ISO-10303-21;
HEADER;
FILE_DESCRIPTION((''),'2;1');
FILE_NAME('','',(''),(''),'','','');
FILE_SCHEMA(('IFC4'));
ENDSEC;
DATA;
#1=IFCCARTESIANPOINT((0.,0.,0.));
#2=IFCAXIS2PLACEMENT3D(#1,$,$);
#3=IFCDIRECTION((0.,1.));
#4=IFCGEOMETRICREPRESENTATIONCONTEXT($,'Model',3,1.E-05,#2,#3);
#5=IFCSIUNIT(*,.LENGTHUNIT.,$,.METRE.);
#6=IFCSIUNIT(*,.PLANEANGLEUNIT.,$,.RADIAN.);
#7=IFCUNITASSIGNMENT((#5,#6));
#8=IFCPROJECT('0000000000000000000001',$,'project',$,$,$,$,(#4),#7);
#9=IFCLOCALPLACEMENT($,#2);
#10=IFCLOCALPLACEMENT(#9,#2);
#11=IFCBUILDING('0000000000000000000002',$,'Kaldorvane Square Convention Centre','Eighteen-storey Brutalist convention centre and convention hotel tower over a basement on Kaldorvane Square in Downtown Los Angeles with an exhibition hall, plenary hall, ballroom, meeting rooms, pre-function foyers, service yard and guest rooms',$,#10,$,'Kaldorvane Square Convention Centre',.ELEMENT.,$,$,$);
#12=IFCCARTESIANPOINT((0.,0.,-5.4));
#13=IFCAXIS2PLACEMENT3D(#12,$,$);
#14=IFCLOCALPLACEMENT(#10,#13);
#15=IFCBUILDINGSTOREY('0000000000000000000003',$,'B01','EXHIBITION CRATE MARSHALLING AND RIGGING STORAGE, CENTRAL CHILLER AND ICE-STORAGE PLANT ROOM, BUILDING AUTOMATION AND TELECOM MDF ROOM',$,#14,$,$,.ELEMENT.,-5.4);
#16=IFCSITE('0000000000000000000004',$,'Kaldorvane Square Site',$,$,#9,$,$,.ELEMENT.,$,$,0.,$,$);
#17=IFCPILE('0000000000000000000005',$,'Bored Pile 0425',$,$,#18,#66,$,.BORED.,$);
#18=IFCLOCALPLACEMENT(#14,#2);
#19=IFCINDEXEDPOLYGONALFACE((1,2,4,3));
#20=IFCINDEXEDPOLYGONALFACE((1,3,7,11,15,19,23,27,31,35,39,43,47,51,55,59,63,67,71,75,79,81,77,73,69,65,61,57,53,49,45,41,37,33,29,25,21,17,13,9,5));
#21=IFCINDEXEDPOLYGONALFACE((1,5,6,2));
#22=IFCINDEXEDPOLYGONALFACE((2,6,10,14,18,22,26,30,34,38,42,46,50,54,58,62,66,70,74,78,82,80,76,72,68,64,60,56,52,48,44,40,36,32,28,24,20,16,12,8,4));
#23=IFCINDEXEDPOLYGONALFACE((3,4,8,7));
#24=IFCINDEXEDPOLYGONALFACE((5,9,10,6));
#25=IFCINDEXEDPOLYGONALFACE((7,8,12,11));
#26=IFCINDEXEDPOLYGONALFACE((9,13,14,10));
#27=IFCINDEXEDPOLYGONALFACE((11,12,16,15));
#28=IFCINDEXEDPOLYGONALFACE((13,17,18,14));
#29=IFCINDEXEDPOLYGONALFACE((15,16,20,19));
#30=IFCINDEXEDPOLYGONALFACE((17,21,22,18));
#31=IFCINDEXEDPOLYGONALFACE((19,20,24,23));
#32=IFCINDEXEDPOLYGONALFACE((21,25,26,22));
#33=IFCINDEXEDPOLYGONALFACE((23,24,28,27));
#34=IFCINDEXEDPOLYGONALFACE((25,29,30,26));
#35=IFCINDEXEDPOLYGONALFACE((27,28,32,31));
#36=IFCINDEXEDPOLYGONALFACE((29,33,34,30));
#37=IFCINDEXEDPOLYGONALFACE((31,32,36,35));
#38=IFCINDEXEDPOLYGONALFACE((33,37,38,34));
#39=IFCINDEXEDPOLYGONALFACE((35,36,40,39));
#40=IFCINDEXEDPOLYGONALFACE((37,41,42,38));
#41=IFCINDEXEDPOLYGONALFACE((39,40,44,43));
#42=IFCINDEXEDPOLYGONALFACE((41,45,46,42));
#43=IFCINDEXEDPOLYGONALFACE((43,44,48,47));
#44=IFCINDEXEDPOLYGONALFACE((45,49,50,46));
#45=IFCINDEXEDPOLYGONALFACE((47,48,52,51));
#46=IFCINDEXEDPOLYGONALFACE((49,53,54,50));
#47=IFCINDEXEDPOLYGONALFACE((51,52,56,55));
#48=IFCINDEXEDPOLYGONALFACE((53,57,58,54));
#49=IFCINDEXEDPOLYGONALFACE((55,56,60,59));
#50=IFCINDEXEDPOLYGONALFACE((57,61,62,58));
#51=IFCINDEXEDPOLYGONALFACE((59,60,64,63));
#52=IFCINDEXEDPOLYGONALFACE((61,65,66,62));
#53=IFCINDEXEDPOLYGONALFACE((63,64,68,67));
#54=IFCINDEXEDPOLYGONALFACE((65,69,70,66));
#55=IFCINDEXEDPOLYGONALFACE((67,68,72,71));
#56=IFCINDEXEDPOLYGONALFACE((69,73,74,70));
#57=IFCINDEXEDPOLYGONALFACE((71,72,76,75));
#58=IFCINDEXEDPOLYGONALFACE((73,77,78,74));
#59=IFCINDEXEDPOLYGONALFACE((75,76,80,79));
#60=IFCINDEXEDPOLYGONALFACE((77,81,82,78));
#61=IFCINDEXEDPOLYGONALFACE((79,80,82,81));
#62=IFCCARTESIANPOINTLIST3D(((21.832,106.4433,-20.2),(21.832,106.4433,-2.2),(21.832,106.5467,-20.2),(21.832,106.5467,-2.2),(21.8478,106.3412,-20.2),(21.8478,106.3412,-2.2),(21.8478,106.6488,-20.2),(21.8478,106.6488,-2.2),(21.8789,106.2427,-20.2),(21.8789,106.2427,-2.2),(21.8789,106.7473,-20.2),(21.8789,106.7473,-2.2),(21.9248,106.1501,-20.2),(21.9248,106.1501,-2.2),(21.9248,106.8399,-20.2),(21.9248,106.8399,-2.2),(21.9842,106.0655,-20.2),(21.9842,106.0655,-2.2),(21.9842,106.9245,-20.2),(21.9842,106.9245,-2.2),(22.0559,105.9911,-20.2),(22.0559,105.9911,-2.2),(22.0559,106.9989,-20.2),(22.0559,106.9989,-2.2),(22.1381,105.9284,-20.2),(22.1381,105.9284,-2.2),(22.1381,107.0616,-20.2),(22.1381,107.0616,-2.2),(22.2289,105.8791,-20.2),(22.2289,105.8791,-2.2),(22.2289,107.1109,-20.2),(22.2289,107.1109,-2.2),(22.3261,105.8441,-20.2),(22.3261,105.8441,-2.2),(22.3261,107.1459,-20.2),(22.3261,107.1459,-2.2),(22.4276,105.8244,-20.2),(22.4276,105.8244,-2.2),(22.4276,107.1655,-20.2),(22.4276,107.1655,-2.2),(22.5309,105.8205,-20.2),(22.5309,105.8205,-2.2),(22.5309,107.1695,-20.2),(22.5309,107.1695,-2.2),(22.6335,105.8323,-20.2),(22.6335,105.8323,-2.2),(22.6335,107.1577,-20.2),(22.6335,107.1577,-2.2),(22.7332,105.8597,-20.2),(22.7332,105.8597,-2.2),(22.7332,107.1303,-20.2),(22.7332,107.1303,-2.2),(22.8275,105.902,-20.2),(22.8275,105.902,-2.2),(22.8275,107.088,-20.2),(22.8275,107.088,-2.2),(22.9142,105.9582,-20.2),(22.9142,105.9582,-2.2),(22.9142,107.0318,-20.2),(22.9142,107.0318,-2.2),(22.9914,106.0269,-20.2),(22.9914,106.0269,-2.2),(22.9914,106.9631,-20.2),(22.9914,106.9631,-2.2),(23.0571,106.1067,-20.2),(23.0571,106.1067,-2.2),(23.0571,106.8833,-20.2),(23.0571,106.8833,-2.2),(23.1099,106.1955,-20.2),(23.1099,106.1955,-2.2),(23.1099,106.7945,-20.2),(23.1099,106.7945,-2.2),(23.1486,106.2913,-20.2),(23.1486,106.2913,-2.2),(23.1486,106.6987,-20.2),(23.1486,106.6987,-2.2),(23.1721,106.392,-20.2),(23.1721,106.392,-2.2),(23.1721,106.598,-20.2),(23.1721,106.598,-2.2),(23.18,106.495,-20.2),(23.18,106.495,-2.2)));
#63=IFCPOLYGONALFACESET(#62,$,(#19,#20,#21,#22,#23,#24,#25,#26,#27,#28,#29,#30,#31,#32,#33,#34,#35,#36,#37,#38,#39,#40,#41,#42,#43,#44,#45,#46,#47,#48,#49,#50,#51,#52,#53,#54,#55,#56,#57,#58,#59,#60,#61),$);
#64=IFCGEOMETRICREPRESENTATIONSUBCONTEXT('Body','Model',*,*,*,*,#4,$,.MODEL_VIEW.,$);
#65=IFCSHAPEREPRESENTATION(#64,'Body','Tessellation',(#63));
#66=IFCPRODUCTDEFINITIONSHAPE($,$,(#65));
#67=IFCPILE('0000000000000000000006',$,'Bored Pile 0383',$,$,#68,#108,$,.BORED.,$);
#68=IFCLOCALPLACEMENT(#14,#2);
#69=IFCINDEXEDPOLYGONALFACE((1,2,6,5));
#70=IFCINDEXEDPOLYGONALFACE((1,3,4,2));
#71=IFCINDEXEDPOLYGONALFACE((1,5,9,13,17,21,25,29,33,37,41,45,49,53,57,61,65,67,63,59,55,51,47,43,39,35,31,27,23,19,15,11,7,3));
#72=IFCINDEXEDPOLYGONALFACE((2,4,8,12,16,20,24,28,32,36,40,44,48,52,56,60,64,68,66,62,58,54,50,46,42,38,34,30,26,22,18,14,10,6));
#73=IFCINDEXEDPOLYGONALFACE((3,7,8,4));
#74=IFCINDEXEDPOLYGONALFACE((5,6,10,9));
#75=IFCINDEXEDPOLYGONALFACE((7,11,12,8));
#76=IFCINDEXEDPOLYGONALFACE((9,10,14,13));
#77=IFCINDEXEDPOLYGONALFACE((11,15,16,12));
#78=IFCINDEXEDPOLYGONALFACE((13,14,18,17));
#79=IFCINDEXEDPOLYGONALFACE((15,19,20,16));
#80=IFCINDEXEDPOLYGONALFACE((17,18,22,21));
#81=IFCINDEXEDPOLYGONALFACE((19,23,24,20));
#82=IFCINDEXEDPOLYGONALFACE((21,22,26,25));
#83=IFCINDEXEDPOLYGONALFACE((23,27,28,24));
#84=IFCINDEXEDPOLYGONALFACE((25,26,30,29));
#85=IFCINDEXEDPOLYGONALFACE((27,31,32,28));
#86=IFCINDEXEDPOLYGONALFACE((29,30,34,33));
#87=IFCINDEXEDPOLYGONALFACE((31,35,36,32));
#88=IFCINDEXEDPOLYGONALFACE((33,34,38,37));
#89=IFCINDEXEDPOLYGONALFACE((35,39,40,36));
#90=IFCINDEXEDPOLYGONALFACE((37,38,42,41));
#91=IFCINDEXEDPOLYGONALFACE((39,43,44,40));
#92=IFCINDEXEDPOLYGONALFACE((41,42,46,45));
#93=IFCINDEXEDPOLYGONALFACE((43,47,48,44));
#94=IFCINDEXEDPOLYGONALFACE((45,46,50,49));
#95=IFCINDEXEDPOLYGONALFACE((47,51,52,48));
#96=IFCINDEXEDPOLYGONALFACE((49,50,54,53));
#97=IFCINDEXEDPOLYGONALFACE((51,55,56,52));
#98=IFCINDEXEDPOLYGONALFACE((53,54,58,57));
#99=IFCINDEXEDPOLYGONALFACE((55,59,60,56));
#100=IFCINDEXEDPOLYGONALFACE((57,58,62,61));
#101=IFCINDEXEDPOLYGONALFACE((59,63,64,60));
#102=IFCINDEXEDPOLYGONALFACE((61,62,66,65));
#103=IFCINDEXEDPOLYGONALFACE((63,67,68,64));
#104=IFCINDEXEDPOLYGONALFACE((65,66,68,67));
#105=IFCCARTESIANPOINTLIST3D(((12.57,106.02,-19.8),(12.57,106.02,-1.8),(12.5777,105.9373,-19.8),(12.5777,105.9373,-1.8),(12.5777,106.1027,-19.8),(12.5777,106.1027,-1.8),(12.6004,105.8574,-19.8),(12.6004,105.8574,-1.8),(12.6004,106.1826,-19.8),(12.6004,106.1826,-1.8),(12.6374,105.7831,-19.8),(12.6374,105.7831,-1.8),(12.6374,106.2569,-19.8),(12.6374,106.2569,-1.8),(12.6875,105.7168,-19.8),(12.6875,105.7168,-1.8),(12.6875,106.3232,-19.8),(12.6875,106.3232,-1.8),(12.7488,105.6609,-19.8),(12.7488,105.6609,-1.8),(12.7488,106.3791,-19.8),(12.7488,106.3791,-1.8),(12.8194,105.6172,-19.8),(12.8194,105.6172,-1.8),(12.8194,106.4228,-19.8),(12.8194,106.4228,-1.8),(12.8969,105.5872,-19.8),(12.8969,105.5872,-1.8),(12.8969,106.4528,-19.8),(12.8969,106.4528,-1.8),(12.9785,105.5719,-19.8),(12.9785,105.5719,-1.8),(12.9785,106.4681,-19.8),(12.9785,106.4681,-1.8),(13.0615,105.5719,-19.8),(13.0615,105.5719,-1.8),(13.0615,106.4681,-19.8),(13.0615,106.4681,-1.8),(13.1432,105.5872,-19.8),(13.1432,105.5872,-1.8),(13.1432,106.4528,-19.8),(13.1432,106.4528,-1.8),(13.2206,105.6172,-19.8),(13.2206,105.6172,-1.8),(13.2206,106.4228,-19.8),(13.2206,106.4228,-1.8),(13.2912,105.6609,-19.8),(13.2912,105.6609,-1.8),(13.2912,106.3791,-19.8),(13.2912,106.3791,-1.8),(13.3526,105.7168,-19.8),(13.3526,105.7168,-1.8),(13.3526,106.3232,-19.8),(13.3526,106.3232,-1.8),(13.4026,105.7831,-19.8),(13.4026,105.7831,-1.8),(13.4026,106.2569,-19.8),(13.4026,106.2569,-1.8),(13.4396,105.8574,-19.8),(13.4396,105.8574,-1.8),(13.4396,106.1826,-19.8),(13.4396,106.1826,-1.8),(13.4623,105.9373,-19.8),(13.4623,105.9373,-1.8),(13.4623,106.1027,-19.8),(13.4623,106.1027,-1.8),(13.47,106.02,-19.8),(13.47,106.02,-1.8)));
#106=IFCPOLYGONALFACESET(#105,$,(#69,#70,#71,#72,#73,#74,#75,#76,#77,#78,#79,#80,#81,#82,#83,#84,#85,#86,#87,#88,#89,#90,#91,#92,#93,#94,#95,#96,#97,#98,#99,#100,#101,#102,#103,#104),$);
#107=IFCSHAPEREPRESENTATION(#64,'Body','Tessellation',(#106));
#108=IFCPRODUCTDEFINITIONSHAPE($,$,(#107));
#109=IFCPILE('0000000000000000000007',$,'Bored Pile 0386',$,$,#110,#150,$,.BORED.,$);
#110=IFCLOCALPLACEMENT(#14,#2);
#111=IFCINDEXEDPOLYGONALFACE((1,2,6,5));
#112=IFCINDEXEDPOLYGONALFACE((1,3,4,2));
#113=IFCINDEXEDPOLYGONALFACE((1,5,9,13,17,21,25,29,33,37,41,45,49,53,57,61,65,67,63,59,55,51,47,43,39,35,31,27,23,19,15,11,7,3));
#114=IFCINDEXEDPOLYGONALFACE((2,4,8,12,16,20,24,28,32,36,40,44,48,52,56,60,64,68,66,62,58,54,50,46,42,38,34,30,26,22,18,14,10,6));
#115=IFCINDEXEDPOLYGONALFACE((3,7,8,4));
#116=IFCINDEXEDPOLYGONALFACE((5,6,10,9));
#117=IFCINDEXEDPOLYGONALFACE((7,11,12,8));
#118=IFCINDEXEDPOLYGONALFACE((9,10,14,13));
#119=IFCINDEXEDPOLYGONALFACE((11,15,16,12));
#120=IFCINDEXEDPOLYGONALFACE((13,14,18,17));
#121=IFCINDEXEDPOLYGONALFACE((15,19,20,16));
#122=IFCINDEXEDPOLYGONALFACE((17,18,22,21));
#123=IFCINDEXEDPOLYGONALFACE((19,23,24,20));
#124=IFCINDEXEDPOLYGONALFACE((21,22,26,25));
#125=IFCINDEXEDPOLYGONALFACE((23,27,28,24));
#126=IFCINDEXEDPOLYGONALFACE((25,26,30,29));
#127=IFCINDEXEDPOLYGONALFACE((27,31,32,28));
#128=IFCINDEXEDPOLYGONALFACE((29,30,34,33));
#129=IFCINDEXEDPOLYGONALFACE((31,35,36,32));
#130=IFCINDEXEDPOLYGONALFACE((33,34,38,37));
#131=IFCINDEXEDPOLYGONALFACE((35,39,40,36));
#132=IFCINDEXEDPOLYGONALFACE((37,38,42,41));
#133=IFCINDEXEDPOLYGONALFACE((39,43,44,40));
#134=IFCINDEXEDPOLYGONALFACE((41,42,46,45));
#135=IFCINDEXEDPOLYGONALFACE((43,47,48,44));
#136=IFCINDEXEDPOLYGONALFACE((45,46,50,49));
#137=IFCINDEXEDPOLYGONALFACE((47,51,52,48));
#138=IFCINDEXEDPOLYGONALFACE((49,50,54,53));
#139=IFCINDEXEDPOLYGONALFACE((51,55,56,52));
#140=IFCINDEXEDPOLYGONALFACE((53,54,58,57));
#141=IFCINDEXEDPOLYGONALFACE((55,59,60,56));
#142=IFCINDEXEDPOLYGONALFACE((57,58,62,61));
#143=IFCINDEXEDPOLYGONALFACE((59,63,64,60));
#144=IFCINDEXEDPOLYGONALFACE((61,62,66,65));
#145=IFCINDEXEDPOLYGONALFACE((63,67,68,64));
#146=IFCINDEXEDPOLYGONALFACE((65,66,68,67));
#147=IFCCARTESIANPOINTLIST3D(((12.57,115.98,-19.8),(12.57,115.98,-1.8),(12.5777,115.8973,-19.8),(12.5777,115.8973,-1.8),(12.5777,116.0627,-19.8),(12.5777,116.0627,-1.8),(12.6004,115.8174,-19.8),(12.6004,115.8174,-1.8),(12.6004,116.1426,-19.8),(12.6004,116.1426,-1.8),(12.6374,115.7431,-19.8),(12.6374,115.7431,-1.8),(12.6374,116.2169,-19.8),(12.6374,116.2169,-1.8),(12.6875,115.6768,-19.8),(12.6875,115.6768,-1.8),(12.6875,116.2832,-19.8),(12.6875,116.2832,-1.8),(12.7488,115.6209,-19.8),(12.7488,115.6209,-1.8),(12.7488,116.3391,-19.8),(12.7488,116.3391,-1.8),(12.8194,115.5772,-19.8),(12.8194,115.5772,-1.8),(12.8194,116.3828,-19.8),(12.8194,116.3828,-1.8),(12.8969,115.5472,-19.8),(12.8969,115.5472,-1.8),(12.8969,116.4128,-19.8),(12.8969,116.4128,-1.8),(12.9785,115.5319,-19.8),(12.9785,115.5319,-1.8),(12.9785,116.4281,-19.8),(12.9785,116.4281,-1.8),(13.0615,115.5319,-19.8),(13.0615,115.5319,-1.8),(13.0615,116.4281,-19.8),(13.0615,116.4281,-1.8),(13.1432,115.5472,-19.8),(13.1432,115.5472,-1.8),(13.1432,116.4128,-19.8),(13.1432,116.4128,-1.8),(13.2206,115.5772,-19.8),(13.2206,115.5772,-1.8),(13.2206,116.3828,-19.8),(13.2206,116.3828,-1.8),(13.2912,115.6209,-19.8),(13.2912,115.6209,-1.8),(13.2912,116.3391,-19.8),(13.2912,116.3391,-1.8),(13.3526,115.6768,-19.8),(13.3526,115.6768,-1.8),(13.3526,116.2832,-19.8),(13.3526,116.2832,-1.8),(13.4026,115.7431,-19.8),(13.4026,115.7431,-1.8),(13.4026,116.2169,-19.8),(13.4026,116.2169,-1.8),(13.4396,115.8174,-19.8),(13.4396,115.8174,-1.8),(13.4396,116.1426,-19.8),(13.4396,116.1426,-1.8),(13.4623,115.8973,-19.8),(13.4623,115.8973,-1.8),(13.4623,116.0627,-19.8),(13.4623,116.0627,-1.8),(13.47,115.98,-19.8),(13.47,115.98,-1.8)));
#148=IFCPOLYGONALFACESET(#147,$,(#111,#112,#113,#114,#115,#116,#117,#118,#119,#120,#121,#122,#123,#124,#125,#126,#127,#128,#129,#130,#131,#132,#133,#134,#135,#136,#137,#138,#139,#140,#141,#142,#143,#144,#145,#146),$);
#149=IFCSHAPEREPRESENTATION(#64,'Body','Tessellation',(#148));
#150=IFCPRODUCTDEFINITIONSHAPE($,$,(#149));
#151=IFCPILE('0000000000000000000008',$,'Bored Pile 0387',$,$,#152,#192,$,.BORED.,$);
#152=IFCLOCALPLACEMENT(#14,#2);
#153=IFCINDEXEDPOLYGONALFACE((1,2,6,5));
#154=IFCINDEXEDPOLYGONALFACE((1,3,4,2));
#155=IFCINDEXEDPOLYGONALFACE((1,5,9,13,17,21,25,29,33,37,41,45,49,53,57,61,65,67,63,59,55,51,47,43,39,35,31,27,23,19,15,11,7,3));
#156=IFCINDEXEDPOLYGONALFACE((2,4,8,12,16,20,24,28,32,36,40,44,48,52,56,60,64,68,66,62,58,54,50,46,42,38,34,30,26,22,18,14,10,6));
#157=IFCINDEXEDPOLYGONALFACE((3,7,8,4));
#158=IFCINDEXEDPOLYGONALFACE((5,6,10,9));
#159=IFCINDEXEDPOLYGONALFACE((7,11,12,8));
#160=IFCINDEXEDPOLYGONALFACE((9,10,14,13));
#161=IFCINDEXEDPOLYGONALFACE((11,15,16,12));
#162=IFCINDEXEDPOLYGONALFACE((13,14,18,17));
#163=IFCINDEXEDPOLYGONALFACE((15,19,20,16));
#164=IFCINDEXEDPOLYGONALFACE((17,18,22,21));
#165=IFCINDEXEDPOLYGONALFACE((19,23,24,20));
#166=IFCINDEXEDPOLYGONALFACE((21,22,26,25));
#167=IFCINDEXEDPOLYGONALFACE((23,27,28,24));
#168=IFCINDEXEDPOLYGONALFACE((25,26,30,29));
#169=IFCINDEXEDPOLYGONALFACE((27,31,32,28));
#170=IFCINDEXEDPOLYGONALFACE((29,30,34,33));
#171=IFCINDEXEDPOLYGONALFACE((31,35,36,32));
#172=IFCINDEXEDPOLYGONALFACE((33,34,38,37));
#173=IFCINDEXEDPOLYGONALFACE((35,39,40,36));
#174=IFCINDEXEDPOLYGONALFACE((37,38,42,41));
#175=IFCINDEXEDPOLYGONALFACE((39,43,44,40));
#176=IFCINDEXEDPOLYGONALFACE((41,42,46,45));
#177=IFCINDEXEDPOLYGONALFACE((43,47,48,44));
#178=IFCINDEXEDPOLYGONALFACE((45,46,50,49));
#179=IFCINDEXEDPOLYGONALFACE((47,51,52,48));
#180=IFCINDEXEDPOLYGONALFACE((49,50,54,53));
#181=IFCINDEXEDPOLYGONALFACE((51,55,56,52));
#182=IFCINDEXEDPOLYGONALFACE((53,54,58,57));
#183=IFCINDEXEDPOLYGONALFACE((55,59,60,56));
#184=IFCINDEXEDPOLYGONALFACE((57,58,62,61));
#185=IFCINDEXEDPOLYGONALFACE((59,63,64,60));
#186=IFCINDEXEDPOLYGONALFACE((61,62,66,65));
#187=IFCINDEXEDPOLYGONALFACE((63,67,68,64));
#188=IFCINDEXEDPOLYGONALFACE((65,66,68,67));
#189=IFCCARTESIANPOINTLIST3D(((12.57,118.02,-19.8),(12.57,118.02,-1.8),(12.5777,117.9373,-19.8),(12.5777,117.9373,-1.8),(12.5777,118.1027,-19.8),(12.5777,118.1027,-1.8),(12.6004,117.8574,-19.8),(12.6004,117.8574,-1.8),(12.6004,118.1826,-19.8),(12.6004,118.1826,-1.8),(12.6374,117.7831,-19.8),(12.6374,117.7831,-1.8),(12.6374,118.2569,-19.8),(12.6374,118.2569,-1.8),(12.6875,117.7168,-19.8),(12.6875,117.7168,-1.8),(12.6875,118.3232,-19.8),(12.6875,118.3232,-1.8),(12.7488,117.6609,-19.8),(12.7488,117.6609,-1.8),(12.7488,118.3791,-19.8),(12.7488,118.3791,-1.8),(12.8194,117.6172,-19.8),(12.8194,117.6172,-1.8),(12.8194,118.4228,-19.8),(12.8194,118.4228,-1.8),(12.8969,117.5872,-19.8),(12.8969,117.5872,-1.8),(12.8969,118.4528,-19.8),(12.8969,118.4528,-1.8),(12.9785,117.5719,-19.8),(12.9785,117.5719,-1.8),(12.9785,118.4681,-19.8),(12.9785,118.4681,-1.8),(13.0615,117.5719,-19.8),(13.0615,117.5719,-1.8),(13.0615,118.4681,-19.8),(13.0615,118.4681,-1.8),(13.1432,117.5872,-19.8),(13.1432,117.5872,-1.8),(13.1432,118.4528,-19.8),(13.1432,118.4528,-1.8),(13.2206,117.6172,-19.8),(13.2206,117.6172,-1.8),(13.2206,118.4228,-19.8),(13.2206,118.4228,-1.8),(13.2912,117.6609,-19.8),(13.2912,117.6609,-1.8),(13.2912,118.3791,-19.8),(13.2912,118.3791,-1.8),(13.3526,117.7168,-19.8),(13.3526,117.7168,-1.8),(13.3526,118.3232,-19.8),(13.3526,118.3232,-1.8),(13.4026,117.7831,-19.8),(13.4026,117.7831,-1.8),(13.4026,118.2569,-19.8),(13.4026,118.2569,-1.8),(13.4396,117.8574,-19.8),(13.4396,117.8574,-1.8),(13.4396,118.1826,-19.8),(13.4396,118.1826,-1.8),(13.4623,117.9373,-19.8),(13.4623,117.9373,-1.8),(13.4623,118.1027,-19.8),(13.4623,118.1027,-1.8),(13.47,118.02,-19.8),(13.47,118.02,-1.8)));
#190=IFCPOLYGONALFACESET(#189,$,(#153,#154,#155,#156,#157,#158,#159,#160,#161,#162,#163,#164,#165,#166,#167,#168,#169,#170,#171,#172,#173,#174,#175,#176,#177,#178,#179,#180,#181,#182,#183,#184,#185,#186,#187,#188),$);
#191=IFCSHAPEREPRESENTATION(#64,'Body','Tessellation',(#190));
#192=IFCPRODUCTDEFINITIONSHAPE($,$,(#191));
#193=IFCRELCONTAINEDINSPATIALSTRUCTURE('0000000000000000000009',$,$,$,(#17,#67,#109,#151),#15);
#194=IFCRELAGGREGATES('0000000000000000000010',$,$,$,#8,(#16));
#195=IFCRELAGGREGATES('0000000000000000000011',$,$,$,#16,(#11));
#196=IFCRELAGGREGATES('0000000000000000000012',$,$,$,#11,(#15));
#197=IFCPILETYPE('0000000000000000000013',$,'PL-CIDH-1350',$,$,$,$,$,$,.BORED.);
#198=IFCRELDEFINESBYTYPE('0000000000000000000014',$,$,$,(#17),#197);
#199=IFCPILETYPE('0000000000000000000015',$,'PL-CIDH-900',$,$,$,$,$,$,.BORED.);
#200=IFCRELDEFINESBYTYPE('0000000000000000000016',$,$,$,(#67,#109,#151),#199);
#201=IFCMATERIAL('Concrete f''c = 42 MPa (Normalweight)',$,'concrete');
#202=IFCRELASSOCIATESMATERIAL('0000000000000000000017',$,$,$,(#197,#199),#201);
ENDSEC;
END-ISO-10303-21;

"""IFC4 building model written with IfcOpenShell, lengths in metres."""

from ifc_helpers import new_model, si_unit, direction, frame, origin, origin_2d, place, context, subcontext, project, spatial, circle, extrude, material, material_profile, profile_set, type_object, element, save


model = new_model("IFC4")

# Units and contexts
model_context = context("Model", 3, precision=1e-05, world=origin(), true_north=direction((0.0, 1.0)))
body_context = subcontext(model_context, "Body", "Model", "MODEL_VIEW")
ifc_project = project(units=[si_unit("LENGTHUNIT", "METRE"), si_unit("PLANEANGLEUNIT", "RADIAN")], contexts=[model_context])

# Site, building, storey
site_placement = place(None, origin())
site = spatial("IfcSite", under=ifc_project, at=site_placement, Name="Kaldorvane Square Site", CompositionType="ELEMENT", RefElevation=0.0)
building_placement = place(site_placement, origin())
building = spatial("IfcBuilding", under=site, at=building_placement, Name="Kaldorvane Square Convention Centre", Description="Eighteen-storey Brutalist convention centre and convention hotel tower over a basement on Kaldorvane Square in Downtown Los Angeles with an exhibition hall, plenary hall, ballroom, meeting rooms, pre-function foyers, service yard and guest rooms", LongName="Kaldorvane Square Convention Centre", CompositionType="ELEMENT")
storey_placement = place(building_placement, frame((0.0, 0.0, -5.4)))
storey = spatial("IfcBuildingStorey", under=building, at=storey_placement, Name="B01", Description="EXHIBITION CRATE MARSHALLING AND RIGGING STORAGE, CENTRAL CHILLER AND ICE-STORAGE PLANT ROOM, BUILDING AUTOMATION AND TELECOM MDF ROOM", CompositionType="ELEMENT", Elevation=-5.4)

# Shared definitions
ifc_material_1 = material(Name="Concrete f'c = 42 MPa (Normalweight)", Category="concrete")

# Piles
ifc_material_profile_1 = material_profile(ifc_material_1, circle(Radius=0.675, at=origin_2d()), Name="PILE-D1350")
ifc_profile_set_1 = profile_set([ifc_material_profile_1], Name="Concrete f'c = 42 MPa (Normalweight)")
pile_type_1 = type_object("IfcPileType", Name="PL-CIDH-1350", PredefinedType="BORED", material=ifc_profile_set_1)
pile_placement = place(storey_placement, frame((22.505, 106.495, -2.2), z_axis=(0.0, 0.0, -1.0), x_axis=(1.0, 0.0, 0.0)))
element("IfcPile", 1, at=pile_placement, inside=storey, type_object=pile_type_1, Name="Bored Pile 0425", PredefinedType="BORED", context=body_context, shape_type="SweptSolid", body=[
    extrude(circle(Radius=0.675, at=origin_2d()), origin(), (0.0, 0.0, 1.0), 18.0),
])
ifc_material_profile_2 = material_profile(ifc_material_1, circle(Radius=0.45, at=origin_2d()), Name="PILE-D900")
ifc_profile_set_2 = profile_set([ifc_material_profile_2], Name="Concrete f'c = 42 MPa (Normalweight)")
pile_type_2 = type_object("IfcPileType", Name="PL-CIDH-900", PredefinedType="BORED", material=ifc_profile_set_2)
for number, where, z_axis, x_axis, name in (
    (2, (13.02, 106.02, -1.8), (0.0, 0.0, -1.0), (1.0, 0.0, 0.0), "Bored Pile 0383"),
    (3, (13.02, 115.98, -1.8), (0.0, 0.0, -1.0), (1.0, 0.0, 0.0), "Bored Pile 0386"),
    (4, (13.02, 118.02, -1.8), (0.0, 0.0, -1.0), (1.0, 0.0, 0.0), "Bored Pile 0387"),
):
    element("IfcPile", number, at=place(storey_placement, frame(where, z_axis=z_axis, x_axis=x_axis)), inside=storey, type_object=pile_type_2, Name=name, PredefinedType="BORED", context=body_context, shape_type="SweptSolid", body=[
        extrude(circle(Radius=0.45, at=origin_2d()), origin(), (0.0, 0.0, 1.0), 18.0),
    ])

save(model, "model.ifc")
